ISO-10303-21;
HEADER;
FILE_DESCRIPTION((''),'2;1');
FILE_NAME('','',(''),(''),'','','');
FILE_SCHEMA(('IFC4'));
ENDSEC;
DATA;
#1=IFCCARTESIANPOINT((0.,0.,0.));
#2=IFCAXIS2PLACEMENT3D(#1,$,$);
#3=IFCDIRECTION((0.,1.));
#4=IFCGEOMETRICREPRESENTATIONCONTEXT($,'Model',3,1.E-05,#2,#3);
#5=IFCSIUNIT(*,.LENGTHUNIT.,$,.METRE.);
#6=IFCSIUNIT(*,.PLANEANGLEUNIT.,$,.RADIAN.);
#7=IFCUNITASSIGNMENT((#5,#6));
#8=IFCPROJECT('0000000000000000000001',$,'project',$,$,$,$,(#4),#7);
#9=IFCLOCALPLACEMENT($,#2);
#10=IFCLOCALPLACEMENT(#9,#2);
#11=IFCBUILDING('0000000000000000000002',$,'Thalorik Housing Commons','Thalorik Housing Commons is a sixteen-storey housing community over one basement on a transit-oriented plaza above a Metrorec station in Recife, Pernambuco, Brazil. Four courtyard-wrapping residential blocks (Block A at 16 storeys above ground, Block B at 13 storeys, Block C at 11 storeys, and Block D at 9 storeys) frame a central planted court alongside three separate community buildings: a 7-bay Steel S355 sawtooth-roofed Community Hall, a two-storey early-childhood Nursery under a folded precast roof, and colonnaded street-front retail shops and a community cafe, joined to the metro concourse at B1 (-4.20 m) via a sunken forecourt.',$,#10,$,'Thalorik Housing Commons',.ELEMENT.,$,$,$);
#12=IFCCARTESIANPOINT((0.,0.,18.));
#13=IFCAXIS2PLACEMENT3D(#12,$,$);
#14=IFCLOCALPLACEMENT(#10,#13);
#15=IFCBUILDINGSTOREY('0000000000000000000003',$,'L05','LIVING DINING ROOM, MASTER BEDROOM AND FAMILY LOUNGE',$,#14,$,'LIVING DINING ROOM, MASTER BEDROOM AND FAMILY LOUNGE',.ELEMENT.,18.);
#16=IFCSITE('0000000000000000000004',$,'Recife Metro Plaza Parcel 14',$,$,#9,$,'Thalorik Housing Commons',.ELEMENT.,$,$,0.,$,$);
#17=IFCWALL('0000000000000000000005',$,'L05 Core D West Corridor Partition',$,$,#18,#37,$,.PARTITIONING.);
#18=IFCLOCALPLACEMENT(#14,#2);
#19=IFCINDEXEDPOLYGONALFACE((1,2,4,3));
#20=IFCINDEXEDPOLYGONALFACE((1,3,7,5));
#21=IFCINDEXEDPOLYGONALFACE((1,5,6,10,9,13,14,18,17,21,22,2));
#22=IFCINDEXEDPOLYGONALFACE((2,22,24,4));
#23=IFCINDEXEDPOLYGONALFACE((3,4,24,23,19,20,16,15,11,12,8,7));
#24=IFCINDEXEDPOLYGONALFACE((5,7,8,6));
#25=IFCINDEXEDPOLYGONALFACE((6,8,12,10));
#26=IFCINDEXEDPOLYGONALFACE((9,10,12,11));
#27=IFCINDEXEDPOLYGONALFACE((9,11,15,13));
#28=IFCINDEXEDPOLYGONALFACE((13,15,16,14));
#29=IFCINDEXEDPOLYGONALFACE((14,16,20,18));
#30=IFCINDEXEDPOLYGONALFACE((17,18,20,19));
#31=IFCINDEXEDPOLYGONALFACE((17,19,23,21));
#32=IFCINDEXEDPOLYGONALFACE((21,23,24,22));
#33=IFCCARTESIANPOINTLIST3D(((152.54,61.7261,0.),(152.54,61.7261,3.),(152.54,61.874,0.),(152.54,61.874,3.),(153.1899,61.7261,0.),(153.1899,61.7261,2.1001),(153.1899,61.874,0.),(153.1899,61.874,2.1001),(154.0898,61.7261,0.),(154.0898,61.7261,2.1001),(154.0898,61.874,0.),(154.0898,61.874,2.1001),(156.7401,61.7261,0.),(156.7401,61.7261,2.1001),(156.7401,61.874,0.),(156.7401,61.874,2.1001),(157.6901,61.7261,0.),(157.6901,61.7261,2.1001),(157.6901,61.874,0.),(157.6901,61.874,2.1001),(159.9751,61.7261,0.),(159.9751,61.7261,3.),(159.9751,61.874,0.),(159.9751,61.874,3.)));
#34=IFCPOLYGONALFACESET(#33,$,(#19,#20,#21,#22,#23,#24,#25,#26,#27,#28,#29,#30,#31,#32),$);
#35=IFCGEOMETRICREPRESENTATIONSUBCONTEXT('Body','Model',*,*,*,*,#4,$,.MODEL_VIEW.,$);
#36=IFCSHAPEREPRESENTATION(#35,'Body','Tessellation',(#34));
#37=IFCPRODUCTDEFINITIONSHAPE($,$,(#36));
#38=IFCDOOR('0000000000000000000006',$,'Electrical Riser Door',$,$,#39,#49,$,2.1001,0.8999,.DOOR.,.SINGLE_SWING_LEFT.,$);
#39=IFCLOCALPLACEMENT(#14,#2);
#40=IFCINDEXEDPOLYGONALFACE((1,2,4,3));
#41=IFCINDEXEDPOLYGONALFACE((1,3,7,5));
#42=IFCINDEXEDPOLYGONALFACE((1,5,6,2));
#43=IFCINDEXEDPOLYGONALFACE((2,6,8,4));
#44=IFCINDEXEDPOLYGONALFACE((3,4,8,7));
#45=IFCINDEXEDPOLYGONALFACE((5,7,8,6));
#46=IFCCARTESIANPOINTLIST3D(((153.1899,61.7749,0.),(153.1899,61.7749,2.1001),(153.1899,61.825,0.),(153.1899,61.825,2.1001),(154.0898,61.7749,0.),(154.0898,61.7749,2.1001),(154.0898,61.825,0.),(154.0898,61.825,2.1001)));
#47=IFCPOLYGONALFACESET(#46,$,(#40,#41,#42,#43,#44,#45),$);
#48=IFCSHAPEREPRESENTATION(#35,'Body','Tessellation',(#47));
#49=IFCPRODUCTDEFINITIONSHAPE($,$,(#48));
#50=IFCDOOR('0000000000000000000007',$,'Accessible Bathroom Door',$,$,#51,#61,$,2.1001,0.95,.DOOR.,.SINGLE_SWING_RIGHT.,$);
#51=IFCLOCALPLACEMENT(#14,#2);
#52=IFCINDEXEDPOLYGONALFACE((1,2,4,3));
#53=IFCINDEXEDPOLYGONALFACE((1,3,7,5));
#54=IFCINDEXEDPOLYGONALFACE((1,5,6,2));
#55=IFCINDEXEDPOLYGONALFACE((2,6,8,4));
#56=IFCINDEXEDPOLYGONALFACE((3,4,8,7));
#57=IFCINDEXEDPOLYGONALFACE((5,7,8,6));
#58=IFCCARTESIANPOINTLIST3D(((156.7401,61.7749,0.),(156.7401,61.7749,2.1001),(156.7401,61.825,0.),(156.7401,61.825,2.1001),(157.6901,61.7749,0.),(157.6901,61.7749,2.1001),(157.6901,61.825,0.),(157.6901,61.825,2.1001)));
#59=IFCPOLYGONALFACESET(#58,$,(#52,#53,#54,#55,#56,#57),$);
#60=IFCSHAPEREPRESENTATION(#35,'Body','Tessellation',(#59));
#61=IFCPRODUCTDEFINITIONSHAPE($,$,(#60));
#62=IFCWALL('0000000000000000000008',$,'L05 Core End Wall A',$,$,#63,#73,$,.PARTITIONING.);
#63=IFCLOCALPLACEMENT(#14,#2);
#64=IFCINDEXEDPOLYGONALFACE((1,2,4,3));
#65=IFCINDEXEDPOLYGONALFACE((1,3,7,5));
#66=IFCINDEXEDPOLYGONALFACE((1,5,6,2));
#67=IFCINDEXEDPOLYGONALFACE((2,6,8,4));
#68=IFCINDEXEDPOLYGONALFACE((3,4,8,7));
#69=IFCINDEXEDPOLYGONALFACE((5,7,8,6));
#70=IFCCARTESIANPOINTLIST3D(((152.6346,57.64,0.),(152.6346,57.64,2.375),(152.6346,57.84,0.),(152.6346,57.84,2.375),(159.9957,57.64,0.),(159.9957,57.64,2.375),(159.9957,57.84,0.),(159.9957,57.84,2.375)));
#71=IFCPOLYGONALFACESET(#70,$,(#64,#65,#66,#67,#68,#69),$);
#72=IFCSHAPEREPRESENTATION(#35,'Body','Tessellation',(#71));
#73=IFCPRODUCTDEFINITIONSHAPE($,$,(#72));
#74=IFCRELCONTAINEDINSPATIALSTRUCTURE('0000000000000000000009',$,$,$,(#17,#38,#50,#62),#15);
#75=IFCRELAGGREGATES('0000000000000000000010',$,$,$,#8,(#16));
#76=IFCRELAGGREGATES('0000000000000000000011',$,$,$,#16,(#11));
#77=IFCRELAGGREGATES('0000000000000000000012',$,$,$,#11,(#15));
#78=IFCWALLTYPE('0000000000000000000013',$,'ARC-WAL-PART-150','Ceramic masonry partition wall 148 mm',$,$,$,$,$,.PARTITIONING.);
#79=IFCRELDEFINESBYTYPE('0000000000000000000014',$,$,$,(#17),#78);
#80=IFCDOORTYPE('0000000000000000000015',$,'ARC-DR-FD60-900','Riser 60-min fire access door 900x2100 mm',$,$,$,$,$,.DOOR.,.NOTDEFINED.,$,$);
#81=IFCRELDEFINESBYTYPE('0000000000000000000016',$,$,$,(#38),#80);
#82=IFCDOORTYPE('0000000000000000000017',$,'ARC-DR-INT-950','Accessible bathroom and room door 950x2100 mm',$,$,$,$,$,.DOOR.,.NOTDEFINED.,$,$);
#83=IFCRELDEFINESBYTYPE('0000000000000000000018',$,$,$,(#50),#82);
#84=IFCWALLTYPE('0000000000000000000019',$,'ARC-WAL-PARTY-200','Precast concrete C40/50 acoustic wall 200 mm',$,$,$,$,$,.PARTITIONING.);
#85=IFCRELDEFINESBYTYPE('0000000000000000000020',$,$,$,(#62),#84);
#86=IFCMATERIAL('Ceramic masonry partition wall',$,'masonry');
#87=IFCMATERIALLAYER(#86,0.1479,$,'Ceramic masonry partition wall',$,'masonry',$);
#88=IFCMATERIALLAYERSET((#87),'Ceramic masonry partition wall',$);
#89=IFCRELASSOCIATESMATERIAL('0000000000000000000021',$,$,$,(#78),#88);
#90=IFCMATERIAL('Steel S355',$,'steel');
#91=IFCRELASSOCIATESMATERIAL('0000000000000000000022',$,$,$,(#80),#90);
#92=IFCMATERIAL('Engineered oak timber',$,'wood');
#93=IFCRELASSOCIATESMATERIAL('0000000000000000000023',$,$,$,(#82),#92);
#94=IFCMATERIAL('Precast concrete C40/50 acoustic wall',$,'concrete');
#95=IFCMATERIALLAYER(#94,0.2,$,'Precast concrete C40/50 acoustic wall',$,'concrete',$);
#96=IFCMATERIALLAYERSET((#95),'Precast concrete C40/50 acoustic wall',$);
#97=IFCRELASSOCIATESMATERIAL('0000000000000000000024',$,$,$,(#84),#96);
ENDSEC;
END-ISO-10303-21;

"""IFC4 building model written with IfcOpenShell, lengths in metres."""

from ifc_helpers import new_model, si_unit, direction, frame, frame_2d, origin, place, context, subcontext, project, spatial, rectangle, extrude, material, layer, layer_set, type_object, element, fill, save


model = new_model("IFC4")

# Units and contexts
model_context = context("Model", 3, precision=1e-05, world=origin(), true_north=direction((0.0, 1.0)))
body_context = subcontext(model_context, "Body", "Model", "MODEL_VIEW")
ifc_project = project(units=[si_unit("LENGTHUNIT", "METRE"), si_unit("PLANEANGLEUNIT", "RADIAN")], contexts=[model_context])

# Site, building, storey
site_placement = place(None, origin())
site = spatial("IfcSite", under=ifc_project, at=site_placement, Name="Recife Metro Plaza Parcel 14", LongName="Thalorik Housing Commons", CompositionType="ELEMENT", RefElevation=0.0)
building_placement = place(site_placement, origin())
building = spatial("IfcBuilding", under=site, at=building_placement, Name="Thalorik Housing Commons", Description="Thalorik Housing Commons is a sixteen-storey housing community over one basement on a transit-oriented plaza above a Metrorec station in Recife, Pernambuco, Brazil. Four courtyard-wrapping residential blocks (Block A at 16 storeys above ground, Block B at 13 storeys, Block C at 11 storeys, and Block D at 9 storeys) frame a central planted court alongside three separate community buildings: a 7-bay Steel S355 sawtooth-roofed Community Hall, a two-storey early-childhood Nursery under a folded precast roof, and colonnaded street-front retail shops and a community cafe, joined to the metro concourse at B1 (-4.20 m) via a sunken forecourt.", LongName="Thalorik Housing Commons", CompositionType="ELEMENT")
storey_placement = place(building_placement, frame((0.0, 0.0, 18.0)))
storey = spatial("IfcBuildingStorey", under=building, at=storey_placement, Name="L05", Description="LIVING DINING ROOM, MASTER BEDROOM AND FAMILY LOUNGE", LongName="LIVING DINING ROOM, MASTER BEDROOM AND FAMILY LOUNGE", CompositionType="ELEMENT", Elevation=18.0)

# Shared definitions
ifc_material_1 = material(Name="Ceramic masonry partition wall", Category="masonry")
ifc_layer_1 = layer(ifc_material_1, 0.1479, Name="Ceramic masonry partition wall", Category="masonry")
ifc_layer_set_1 = layer_set([ifc_layer_1], Name="Ceramic masonry partition wall")
wall_type_1 = type_object("IfcWallType", Name="ARC-WAL-PART-150", Description="Ceramic masonry partition wall 148 mm", PredefinedType="PARTITIONING", material=ifc_layer_set_1)

# Wall, openings, doors
wall_1_placement = place(storey_placement, frame((152.54, 61.8, 0.0), z_axis=(0.0, 0.0, 1.0), x_axis=(1.0, 0.0, 0.0)))
wall_1 = element("IfcWall", 1, at=wall_1_placement, inside=storey, type_object=wall_type_1, Name="L05 Core D West Corridor Partition", PredefinedType="PARTITIONING", context=body_context, shape_type="SweptSolid", body=[
    extrude(rectangle(XDim=7.4351, YDim=0.1479, at=frame_2d((3.7175, 0.0))), origin(), (0.0, 0.0, 1.0), 3.0),
])
opening_1_placement = place(wall_1_placement, frame((0.6499, 0.0, 0.0)))
opening_1 = element("IfcOpeningElement", 2, at=opening_1_placement, cuts=wall_1, PredefinedType="OPENING", context=body_context, shape_type="SweptSolid", body=[
    extrude(rectangle(XDim=0.8999, YDim=2.1001, at=frame_2d((0.45, 1.05))), frame((0.0, 0.084, 0.0), z_axis=(0.0, -1.0, 0.0), x_axis=(1.0, 0.0, 0.0)), (0.0, 0.0, 1.0), 0.168),
])
opening_2_placement = place(wall_1_placement, frame((4.2, 0.0, 0.0)))
opening_2 = element("IfcOpeningElement", 3, at=opening_2_placement, cuts=wall_1, PredefinedType="OPENING", context=body_context, shape_type="SweptSolid", body=[
    extrude(rectangle(XDim=0.95, YDim=2.1001, at=frame_2d((0.4751, 1.05))), frame((0.0, 0.084, 0.0), z_axis=(0.0, -1.0, 0.0), x_axis=(1.0, 0.0, 0.0)), (0.0, 0.0, 1.0), 0.168),
])
ifc_material_2 = material(Name="Steel S355", Category="steel")
door_type_1 = type_object("IfcDoorType", Name="ARC-DR-FD60-900", Description="Riser 60-min fire access door 900x2100 mm", OperationType="NOTDEFINED", PredefinedType="DOOR", material=ifc_material_2)
door_1_placement = place(opening_1_placement, origin())
door_1 = element("IfcDoor", 4, at=door_1_placement, inside=storey, type_object=door_type_1, Name="Electrical Riser Door", OperationType="SINGLE_SWING_LEFT", OverallHeight=2.1001, OverallWidth=0.8999, PredefinedType="DOOR", context=body_context, shape_type="SweptSolid", body=[
    extrude(rectangle(XDim=0.8999, YDim=2.1001, at=frame_2d((0.45, 1.05))), frame((0.0, 0.0249, 0.0), z_axis=(0.0, -1.0, 0.0), x_axis=(1.0, 0.0, 0.0)), (0.0, 0.0, 1.0), 0.05),
])
fill(opening_1, door_1)
ifc_material_3 = material(Name="Engineered oak timber", Category="wood")
door_type_2 = type_object("IfcDoorType", Name="ARC-DR-INT-950", Description="Accessible bathroom and room door 950x2100 mm", OperationType="NOTDEFINED", PredefinedType="DOOR", material=ifc_material_3)
door_2_placement = place(opening_2_placement, origin())
door_2 = element("IfcDoor", 5, at=door_2_placement, inside=storey, type_object=door_type_2, Name="Accessible Bathroom Door", OperationType="SINGLE_SWING_RIGHT", OverallHeight=2.1001, OverallWidth=0.95, PredefinedType="DOOR", context=body_context, shape_type="SweptSolid", body=[
    extrude(rectangle(XDim=0.95, YDim=2.1001, at=frame_2d((0.4751, 1.05))), frame((0.0, 0.0249, 0.0), z_axis=(0.0, -1.0, 0.0), x_axis=(1.0, 0.0, 0.0)), (0.0, 0.0, 1.0), 0.05),
])
fill(opening_2, door_2)

# Wall
ifc_material_4 = material(Name="Precast concrete C40/50 acoustic wall", Category="concrete")
ifc_layer_2 = layer(ifc_material_4, 0.2, Name="Precast concrete C40/50 acoustic wall", Category="concrete")
ifc_layer_set_2 = layer_set([ifc_layer_2], Name="Precast concrete C40/50 acoustic wall")
wall_type_2 = type_object("IfcWallType", Name="ARC-WAL-PARTY-200", Description="Precast concrete C40/50 acoustic wall 200 mm", PredefinedType="PARTITIONING", material=ifc_layer_set_2)
wall_2_placement = place(storey_placement, frame((152.6345, 57.74, 0.0), z_axis=(0.0, 0.0, 1.0), x_axis=(1.0, 0.0, 0.0)))
element("IfcWall", 6, at=wall_2_placement, inside=storey, type_object=wall_type_2, Name="L05 Core End Wall A", PredefinedType="PARTITIONING", context=body_context, shape_type="SweptSolid", body=[
    extrude(rectangle(XDim=7.3611, YDim=0.2, at=frame_2d((3.6807, 0.0))), origin(), (0.0, 0.0, 1.0), 2.375),
])

save(model, "model.ifc")
